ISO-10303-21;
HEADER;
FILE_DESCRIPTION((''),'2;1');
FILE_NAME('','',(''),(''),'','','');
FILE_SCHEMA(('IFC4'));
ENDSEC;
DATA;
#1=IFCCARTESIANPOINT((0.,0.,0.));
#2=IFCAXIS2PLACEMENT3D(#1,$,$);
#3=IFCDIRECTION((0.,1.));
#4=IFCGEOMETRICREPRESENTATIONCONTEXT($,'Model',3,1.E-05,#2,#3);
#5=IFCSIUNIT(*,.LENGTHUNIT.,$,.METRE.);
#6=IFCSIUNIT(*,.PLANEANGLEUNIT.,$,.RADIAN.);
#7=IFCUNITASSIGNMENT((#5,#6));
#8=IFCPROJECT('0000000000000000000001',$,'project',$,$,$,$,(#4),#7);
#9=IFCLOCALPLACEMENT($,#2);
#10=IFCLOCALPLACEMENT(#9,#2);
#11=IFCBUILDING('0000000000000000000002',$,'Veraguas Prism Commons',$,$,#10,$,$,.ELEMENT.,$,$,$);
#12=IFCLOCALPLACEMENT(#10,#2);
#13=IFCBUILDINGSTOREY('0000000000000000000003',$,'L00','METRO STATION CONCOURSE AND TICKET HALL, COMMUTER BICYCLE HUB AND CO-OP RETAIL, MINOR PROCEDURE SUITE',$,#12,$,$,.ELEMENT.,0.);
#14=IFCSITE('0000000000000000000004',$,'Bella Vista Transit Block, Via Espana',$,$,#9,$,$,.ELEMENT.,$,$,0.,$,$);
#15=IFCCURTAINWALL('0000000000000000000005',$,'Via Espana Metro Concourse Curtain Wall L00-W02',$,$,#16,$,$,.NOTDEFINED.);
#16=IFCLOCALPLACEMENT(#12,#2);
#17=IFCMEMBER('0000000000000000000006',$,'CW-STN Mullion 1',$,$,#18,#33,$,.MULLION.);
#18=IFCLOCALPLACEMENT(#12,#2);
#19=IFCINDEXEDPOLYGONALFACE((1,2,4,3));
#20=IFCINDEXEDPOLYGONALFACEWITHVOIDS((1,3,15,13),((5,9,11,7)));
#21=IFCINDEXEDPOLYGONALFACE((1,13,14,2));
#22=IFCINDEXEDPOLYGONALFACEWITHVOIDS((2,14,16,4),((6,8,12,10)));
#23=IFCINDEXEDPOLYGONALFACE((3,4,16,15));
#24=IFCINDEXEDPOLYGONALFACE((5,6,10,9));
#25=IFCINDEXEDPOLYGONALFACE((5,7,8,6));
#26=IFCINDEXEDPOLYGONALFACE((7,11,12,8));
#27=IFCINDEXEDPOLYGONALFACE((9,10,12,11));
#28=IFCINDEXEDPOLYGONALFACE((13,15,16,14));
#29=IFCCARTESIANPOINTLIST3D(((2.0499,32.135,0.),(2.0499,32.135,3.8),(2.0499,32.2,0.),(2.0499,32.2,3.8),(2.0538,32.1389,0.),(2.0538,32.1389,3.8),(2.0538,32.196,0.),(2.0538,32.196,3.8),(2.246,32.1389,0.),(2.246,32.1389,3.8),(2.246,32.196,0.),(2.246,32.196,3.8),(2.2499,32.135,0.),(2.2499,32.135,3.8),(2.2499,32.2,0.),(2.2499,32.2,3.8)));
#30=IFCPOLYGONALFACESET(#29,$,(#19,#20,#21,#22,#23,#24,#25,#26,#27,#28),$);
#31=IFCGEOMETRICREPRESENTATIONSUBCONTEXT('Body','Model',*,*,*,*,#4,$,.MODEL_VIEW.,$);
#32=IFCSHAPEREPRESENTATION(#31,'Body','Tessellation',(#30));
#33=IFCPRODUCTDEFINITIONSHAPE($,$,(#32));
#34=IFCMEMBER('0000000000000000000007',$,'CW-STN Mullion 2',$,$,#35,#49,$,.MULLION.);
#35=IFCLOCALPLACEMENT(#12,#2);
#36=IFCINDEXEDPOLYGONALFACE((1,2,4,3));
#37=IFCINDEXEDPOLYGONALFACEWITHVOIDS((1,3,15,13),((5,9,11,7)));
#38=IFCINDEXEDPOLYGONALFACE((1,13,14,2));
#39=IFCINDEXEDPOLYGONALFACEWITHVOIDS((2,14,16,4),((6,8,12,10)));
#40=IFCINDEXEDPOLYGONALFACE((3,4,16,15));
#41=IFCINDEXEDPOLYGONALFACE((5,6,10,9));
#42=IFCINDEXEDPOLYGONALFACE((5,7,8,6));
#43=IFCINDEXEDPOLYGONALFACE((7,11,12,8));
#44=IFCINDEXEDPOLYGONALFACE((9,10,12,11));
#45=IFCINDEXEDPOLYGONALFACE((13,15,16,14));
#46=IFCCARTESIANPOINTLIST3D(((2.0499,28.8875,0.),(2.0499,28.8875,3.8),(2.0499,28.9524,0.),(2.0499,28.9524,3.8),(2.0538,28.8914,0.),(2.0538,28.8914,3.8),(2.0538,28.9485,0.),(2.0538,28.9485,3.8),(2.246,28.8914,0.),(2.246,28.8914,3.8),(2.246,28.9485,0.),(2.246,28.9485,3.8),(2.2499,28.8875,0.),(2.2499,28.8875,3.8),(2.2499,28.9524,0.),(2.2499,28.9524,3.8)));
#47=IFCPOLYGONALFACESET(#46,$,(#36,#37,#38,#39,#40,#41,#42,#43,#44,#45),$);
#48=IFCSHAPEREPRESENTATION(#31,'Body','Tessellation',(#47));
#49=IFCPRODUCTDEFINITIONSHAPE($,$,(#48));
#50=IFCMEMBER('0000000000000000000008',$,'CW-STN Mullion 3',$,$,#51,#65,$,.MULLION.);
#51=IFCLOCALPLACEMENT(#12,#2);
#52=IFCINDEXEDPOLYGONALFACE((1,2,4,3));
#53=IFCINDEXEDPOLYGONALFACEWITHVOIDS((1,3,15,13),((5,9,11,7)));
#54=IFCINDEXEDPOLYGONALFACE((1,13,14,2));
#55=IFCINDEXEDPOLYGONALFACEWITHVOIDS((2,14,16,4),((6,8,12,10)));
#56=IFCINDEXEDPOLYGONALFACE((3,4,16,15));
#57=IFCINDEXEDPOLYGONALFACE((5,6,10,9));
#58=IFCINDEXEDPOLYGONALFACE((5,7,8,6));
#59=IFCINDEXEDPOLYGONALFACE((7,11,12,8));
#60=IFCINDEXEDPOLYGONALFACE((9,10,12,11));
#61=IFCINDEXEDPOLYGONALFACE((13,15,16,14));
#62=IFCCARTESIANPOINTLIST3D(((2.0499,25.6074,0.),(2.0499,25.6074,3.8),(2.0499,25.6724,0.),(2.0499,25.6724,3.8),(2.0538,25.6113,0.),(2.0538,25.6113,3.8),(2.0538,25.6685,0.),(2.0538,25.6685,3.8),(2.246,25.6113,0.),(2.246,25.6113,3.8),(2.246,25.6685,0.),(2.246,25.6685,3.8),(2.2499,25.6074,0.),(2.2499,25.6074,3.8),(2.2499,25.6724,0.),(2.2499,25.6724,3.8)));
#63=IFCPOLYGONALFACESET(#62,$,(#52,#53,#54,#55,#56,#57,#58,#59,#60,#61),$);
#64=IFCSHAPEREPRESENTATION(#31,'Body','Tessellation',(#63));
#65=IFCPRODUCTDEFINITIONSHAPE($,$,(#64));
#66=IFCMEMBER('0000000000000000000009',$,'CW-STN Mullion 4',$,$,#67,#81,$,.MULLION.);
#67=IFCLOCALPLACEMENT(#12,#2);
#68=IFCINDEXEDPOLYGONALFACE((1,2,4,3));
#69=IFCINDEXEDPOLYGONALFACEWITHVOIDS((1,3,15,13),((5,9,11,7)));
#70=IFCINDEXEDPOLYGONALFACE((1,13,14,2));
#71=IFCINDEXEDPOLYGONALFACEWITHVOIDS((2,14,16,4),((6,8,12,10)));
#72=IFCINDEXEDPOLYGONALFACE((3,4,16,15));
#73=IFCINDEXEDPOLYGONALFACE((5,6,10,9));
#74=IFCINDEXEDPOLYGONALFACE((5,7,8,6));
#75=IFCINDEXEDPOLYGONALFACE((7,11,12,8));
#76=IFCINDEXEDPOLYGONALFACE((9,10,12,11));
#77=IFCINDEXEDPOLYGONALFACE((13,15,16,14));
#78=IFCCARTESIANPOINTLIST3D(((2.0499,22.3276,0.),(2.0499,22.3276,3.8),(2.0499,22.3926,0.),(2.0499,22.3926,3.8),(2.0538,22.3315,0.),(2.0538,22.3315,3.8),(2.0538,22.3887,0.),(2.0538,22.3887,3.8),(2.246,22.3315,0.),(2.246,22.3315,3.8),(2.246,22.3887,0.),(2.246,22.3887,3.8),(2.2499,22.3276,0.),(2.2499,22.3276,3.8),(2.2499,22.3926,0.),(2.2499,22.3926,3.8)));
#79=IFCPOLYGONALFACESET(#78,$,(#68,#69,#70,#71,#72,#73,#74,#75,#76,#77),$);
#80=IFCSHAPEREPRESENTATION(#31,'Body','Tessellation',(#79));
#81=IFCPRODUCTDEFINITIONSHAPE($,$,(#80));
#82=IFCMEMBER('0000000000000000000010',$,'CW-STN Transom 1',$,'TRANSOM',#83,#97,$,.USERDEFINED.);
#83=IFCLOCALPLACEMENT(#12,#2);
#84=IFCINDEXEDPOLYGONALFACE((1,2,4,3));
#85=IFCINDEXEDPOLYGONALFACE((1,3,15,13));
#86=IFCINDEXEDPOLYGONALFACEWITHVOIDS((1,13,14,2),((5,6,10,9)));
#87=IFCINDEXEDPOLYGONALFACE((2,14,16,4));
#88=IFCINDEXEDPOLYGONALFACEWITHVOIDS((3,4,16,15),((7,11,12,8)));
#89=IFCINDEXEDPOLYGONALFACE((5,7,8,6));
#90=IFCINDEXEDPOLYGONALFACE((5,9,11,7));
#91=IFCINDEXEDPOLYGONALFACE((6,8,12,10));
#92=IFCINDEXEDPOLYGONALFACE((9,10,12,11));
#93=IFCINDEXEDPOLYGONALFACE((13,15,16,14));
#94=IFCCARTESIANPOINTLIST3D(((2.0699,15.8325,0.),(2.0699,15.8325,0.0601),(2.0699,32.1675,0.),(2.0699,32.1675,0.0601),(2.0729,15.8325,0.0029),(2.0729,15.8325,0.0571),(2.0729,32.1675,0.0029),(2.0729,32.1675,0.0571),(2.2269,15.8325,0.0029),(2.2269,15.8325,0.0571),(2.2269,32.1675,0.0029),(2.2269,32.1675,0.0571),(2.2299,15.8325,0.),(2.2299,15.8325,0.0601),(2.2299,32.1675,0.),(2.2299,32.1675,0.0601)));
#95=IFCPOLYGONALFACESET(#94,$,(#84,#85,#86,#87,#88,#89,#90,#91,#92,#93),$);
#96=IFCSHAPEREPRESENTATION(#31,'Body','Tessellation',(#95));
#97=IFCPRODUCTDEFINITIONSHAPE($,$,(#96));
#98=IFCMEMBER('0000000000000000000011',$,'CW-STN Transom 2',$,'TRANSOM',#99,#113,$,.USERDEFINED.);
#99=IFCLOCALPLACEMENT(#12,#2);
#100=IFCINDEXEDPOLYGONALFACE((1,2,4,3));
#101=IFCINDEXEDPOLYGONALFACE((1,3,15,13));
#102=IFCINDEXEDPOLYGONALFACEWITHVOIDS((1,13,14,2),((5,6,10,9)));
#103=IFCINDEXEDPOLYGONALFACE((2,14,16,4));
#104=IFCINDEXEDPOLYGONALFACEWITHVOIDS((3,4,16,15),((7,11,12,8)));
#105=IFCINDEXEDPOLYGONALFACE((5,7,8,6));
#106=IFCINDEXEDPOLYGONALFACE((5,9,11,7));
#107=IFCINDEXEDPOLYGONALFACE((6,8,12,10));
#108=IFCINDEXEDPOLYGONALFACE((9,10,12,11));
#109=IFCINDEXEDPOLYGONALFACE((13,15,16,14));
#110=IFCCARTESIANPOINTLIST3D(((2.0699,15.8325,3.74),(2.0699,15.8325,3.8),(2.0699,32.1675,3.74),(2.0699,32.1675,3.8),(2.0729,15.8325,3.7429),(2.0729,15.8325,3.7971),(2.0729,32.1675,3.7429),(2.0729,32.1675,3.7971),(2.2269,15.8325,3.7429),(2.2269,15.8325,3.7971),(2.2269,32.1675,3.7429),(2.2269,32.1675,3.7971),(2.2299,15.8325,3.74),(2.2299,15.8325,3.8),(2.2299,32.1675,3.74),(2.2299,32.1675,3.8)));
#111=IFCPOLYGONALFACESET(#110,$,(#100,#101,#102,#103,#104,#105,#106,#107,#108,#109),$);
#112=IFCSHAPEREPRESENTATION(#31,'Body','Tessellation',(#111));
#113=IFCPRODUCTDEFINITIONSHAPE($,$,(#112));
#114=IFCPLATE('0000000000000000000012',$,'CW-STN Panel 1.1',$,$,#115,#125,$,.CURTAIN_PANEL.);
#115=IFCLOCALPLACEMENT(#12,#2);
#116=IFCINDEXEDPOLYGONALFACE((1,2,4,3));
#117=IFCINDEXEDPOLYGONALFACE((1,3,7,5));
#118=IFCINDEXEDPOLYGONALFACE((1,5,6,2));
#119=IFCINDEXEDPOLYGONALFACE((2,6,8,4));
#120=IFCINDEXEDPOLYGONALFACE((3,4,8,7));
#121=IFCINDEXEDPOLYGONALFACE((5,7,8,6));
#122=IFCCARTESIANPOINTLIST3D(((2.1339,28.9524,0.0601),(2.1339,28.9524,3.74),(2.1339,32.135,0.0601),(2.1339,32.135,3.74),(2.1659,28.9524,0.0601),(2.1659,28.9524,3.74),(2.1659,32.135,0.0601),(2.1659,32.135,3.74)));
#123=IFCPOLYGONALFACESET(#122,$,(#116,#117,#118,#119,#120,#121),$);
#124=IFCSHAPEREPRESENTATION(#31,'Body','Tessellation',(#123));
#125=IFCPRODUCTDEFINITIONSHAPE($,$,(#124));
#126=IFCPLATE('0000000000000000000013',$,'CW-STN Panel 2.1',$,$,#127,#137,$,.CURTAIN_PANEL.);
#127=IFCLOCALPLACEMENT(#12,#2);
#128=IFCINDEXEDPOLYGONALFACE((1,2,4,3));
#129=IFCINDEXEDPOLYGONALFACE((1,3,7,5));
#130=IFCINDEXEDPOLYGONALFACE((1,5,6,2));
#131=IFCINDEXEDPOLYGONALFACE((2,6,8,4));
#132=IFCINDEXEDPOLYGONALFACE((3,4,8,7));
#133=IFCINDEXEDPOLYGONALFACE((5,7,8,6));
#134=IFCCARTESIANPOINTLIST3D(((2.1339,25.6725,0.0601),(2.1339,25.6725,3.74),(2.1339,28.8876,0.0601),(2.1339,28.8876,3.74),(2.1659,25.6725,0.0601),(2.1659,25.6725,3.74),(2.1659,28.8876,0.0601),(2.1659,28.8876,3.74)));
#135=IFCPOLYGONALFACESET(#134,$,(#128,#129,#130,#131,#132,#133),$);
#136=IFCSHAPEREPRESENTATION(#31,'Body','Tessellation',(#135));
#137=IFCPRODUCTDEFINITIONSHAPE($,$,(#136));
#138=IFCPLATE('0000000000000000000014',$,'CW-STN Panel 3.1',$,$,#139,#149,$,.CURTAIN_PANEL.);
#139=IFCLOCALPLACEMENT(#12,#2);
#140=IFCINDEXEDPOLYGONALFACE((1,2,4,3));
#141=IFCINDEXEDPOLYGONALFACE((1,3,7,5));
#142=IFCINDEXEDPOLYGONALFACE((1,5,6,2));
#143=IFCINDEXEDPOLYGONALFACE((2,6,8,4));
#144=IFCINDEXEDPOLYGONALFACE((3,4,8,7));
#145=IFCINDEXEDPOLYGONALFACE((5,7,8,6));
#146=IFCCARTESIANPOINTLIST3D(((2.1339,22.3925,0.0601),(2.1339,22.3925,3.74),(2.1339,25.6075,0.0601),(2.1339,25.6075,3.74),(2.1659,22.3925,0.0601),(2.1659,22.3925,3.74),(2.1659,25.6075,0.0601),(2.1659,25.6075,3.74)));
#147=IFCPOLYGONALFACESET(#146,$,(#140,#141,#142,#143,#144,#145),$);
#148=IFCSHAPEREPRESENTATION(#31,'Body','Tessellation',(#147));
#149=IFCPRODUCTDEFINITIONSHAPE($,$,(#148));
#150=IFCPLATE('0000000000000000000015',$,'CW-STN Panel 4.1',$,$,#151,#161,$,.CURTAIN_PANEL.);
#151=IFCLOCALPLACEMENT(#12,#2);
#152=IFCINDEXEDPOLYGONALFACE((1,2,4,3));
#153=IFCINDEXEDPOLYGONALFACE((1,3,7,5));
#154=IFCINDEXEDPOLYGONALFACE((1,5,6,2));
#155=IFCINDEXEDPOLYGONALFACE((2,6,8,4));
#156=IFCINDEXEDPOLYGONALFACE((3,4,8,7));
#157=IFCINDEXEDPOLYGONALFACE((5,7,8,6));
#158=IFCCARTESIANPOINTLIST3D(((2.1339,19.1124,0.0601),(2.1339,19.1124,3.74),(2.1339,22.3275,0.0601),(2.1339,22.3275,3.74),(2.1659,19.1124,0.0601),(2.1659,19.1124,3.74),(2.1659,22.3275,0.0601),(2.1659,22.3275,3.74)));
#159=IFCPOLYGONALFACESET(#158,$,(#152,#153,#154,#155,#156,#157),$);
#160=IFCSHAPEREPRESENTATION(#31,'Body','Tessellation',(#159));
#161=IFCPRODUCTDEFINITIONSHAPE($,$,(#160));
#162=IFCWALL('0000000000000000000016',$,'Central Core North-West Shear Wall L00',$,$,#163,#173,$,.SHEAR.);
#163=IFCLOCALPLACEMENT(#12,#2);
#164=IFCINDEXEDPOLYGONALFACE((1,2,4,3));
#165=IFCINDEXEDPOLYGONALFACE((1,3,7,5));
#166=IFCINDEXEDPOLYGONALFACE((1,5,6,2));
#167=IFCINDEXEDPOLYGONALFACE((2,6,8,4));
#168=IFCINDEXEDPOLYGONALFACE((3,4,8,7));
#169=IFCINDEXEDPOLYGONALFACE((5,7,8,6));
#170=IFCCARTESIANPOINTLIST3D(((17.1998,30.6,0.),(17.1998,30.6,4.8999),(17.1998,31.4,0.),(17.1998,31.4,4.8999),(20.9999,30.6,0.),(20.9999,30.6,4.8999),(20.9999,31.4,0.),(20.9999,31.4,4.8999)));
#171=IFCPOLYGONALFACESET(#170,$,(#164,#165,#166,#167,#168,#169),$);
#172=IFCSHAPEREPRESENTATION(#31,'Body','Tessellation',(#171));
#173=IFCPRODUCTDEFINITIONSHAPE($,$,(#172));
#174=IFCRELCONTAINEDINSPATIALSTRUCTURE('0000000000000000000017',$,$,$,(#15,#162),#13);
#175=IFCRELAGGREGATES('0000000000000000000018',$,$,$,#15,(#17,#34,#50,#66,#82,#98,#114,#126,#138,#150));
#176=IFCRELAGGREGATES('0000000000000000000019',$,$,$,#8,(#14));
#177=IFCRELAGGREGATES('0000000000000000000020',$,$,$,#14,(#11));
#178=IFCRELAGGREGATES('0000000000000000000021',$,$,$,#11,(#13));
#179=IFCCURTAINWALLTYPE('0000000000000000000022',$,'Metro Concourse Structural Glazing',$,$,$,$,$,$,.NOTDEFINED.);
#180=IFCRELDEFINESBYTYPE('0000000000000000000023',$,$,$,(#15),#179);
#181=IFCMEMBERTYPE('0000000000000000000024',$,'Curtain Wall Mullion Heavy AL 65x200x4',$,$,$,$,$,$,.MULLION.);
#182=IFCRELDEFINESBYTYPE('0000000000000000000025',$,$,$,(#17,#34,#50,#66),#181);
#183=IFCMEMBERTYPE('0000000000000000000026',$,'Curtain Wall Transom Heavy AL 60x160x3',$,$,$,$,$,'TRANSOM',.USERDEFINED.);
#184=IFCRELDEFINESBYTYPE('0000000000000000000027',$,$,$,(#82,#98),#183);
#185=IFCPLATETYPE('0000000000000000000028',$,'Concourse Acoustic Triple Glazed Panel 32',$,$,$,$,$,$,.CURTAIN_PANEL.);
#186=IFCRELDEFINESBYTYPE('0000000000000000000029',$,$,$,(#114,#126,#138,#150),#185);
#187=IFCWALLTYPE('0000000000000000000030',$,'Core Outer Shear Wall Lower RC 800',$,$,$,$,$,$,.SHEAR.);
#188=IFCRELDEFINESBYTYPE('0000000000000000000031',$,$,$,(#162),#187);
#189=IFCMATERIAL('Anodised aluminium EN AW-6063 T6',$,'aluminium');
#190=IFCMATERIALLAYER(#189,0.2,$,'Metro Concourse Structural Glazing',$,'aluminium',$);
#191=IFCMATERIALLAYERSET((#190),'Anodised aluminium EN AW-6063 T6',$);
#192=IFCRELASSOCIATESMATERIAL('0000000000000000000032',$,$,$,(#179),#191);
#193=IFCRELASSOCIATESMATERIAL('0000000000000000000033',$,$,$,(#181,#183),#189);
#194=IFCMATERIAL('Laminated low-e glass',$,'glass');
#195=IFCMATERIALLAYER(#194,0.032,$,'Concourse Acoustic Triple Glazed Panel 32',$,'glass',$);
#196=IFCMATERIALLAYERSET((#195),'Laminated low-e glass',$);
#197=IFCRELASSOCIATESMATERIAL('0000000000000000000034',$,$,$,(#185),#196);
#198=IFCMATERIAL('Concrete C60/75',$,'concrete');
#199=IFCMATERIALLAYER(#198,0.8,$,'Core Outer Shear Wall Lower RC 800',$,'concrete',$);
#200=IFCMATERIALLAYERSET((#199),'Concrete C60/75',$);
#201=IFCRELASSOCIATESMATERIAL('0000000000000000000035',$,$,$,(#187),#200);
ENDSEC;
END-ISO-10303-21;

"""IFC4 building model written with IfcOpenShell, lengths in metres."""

from ifc_helpers import new_model, si_unit, direction, frame, frame_2d, origin, origin_2d, place, context, subcontext, project, spatial, rectangle, hollow_rectangle, extrude, source, transform, mapped, material, layer, layer_set, material_profile, profile_set, type_object, element, aggregate, save


model = new_model("IFC4")

# Units and contexts
model_context = context("Model", 3, precision=1e-05, world=origin(), true_north=direction((0.0, 1.0)))
body_context = subcontext(model_context, "Body", "Model", "MODEL_VIEW")
ifc_project = project(units=[si_unit("LENGTHUNIT", "METRE"), si_unit("PLANEANGLEUNIT", "RADIAN")], contexts=[model_context])

# Site, building, storey
site_placement = place(None, origin())
site = spatial("IfcSite", under=ifc_project, at=site_placement, Name="Bella Vista Transit Block, Via Espana", CompositionType="ELEMENT", RefElevation=0.0)
building_placement = place(site_placement, origin())
building = spatial("IfcBuilding", under=site, at=building_placement, Name="Veraguas Prism Commons", CompositionType="ELEMENT")
storey_placement = place(building_placement, origin())
storey = spatial("IfcBuildingStorey", under=building, at=storey_placement, Name="L00", Description="METRO STATION CONCOURSE AND TICKET HALL, COMMUTER BICYCLE HUB AND CO-OP RETAIL, MINOR PROCEDURE SUITE", CompositionType="ELEMENT", Elevation=0.0)

# Shared definitions
ifc_material_1 = material(Name="Concrete C60/75", Category="concrete")

# Curtain wall, members, plates
ifc_material_2 = material(Name="Anodised aluminium EN AW-6063 T6", Category="aluminium")
ifc_layer_1 = layer(ifc_material_2, 0.2, Name="Metro Concourse Structural Glazing", Category="aluminium")
ifc_layer_set_1 = layer_set([ifc_layer_1], Name="Anodised aluminium EN AW-6063 T6")
curtain_wall_type = type_object("IfcCurtainWallType", Name="Metro Concourse Structural Glazing", PredefinedType="NOTDEFINED", material=ifc_layer_set_1)
curtain_wall_placement = place(storey_placement, origin())
curtain_wall = element("IfcCurtainWall", 1, at=curtain_wall_placement, inside=storey, type_object=curtain_wall_type, Name="Via Espana Metro Concourse Curtain Wall L00-W02", PredefinedType="NOTDEFINED")
ifc_material_profile_1 = material_profile(ifc_material_2, hollow_rectangle(XDim=0.0649, YDim=0.2, WallThickness=0.0039, at=origin_2d()), Name="AL65X200X4")
ifc_profile_set_1 = profile_set([ifc_material_profile_1], Name="Anodised aluminium EN AW-6063 T6")
member_type_1 = type_object("IfcMemberType", Name="Curtain Wall Mullion Heavy AL 65x200x4", PredefinedType="MULLION", material=ifc_profile_set_1)
shared_shape_1 = source(origin(), body_context, "Body", "SweptSolid", [
    extrude(hollow_rectangle(XDim=0.0649, YDim=0.2, WallThickness=0.0039, at=origin_2d()), origin(), (0.0, 0.0, 1.0), 3.8),
])
member_1_placement = place(storey_placement, frame((2.1499, 32.1675, 0.0), z_axis=(0.0, 0.0, 1.0), x_axis=(0.0, -1.0, 0.0)))
member_1 = element("IfcMember", 2, at=member_1_placement, type_object=member_type_1, Name="CW-STN Mullion 1", PredefinedType="MULLION", context=body_context, shape_type="MappedRepresentation", body=[
    mapped(shared_shape_1, transform((0.0, 0.0, 0.0), scale=1.0)),
])
member_2_placement = place(storey_placement, frame((2.1499, 28.9199, 0.0), z_axis=(0.0, 0.0, 1.0), x_axis=(0.0, -1.0, 0.0)))
member_2 = element("IfcMember", 3, at=member_2_placement, type_object=member_type_1, Name="CW-STN Mullion 2", PredefinedType="MULLION", context=body_context, shape_type="MappedRepresentation", body=[
    mapped(shared_shape_1, transform((0.0, 0.0, 0.0), scale=1.0)),
])
member_3_placement = place(storey_placement, frame((2.1499, 25.6399, 0.0), z_axis=(0.0, 0.0, 1.0), x_axis=(0.0, -1.0, 0.0)))
member_3 = element("IfcMember", 4, at=member_3_placement, type_object=member_type_1, Name="CW-STN Mullion 3", PredefinedType="MULLION", context=body_context, shape_type="MappedRepresentation", body=[
    mapped(shared_shape_1, transform((0.0, 0.0, 0.0), scale=1.0)),
])
member_4_placement = place(storey_placement, frame((2.1499, 22.3601, 0.0), z_axis=(0.0, 0.0, 1.0), x_axis=(0.0, -1.0, 0.0)))
member_4 = element("IfcMember", 5, at=member_4_placement, type_object=member_type_1, Name="CW-STN Mullion 4", PredefinedType="MULLION", context=body_context, shape_type="MappedRepresentation", body=[
    mapped(shared_shape_1, transform((0.0, 0.0, 0.0), scale=1.0)),
])
ifc_material_profile_2 = material_profile(ifc_material_2, hollow_rectangle(XDim=0.0601, YDim=0.1599, WallThickness=0.0029, at=origin_2d()), Name="AL60X160X3")
ifc_profile_set_2 = profile_set([ifc_material_profile_2], Name="Anodised aluminium EN AW-6063 T6")
member_type_2 = type_object("IfcMemberType", Name="Curtain Wall Transom Heavy AL 60x160x3", ElementType="TRANSOM", PredefinedType="USERDEFINED", material=ifc_profile_set_2)
shared_shape_2 = source(origin(), body_context, "Body", "SweptSolid", [
    extrude(hollow_rectangle(XDim=0.0601, YDim=0.1599, WallThickness=0.0029, at=origin_2d()), origin(), (0.0, 0.0, 1.0), 16.335),
])
member_5_placement = place(storey_placement, frame((2.1499, 32.1675, 0.03), z_axis=(0.0, -1.0, 0.0), x_axis=(0.0, 0.0, 1.0)))
member_5 = element("IfcMember", 6, at=member_5_placement, type_object=member_type_2, Name="CW-STN Transom 1", ObjectType="TRANSOM", PredefinedType="USERDEFINED", context=body_context, shape_type="MappedRepresentation", body=[
    mapped(shared_shape_2, transform((0.0, 0.0, 0.0), scale=1.0)),
])
member_6_placement = place(storey_placement, frame((2.1499, 32.1675, 3.77), z_axis=(0.0, -1.0, 0.0), x_axis=(0.0, 0.0, 1.0)))
member_6 = element("IfcMember", 7, at=member_6_placement, type_object=member_type_2, Name="CW-STN Transom 2", ObjectType="TRANSOM", PredefinedType="USERDEFINED", context=body_context, shape_type="MappedRepresentation", body=[
    mapped(shared_shape_2, transform((0.0, 0.0, 0.0), scale=1.0)),
])
ifc_material_3 = material(Name="Laminated low-e glass", Category="glass")
ifc_layer_2 = layer(ifc_material_3, 0.032, Name="Concourse Acoustic Triple Glazed Panel 32", Category="glass")
ifc_layer_set_2 = layer_set([ifc_layer_2], Name="Laminated low-e glass")
plate_type = type_object("IfcPlateType", Name="Concourse Acoustic Triple Glazed Panel 32", PredefinedType="CURTAIN_PANEL", material=ifc_layer_set_2)
shared_shape_3 = source(origin(), body_context, "Body", "SweptSolid", [
    extrude(rectangle(XDim=3.1826, YDim=0.032, at=origin_2d()), origin(), (0.0, 0.0, 1.0), 3.6799),
])
plate_1_placement = place(storey_placement, frame((2.1499, 30.5437, 0.0601), z_axis=(0.0, 0.0, 1.0), x_axis=(0.0, -1.0, 0.0)))
plate_1 = element("IfcPlate", 8, at=plate_1_placement, type_object=plate_type, Name="CW-STN Panel 1.1", PredefinedType="CURTAIN_PANEL", context=body_context, shape_type="MappedRepresentation", body=[
    mapped(shared_shape_3, transform((0.0, 0.0, 0.0), scale=1.0)),
])
shared_shape_4 = source(origin(), body_context, "Body", "SweptSolid", [
    extrude(rectangle(XDim=3.2151, YDim=0.032, at=origin_2d()), origin(), (0.0, 0.0, 1.0), 3.6799),
])
plate_2_placement = place(storey_placement, frame((2.1499, 27.28, 0.0601), z_axis=(0.0, 0.0, 1.0), x_axis=(0.0, -1.0, 0.0)))
plate_2 = element("IfcPlate", 9, at=plate_2_placement, type_object=plate_type, Name="CW-STN Panel 2.1", PredefinedType="CURTAIN_PANEL", context=body_context, shape_type="MappedRepresentation", body=[
    mapped(shared_shape_4, transform((0.0, 0.0, 0.0), scale=1.0)),
])
plate_3_placement = place(storey_placement, frame((2.1499, 24.0, 0.0601), z_axis=(0.0, 0.0, 1.0), x_axis=(0.0, -1.0, 0.0)))
plate_3 = element("IfcPlate", 10, at=plate_3_placement, type_object=plate_type, Name="CW-STN Panel 3.1", PredefinedType="CURTAIN_PANEL", context=body_context, shape_type="MappedRepresentation", body=[
    mapped(shared_shape_4, transform((0.0, 0.0, 0.0), scale=1.0)),
])
plate_4_placement = place(storey_placement, frame((2.1499, 20.72, 0.0601), z_axis=(0.0, 0.0, 1.0), x_axis=(0.0, -1.0, 0.0)))
plate_4 = element("IfcPlate", 11, at=plate_4_placement, type_object=plate_type, Name="CW-STN Panel 4.1", PredefinedType="CURTAIN_PANEL", context=body_context, shape_type="MappedRepresentation", body=[
    mapped(shared_shape_4, transform((0.0, 0.0, 0.0), scale=1.0)),
])
aggregate(curtain_wall, [member_1, member_2, member_3, member_4, member_5, member_6, plate_1, plate_2, plate_3, plate_4])

# Wall
ifc_layer_3 = layer(ifc_material_1, 0.8, Name="Core Outer Shear Wall Lower RC 800", Category="concrete")
ifc_layer_set_3 = layer_set([ifc_layer_3], Name="Concrete C60/75")
wall_type_1 = type_object("IfcWallType", Name="Core Outer Shear Wall Lower RC 800", PredefinedType="SHEAR", material=ifc_layer_set_3)
wall_1_placement = place(storey_placement, frame((17.2, 31.0, 0.0), z_axis=(0.0, 0.0, 1.0), x_axis=(1.0, 0.0, 0.0)))
element("IfcWall", 12, at=wall_1_placement, inside=storey, type_object=wall_type_1, Name="Central Core North-West Shear Wall L00", PredefinedType="SHEAR", context=body_context, shape_type="SweptSolid", body=[
    extrude(rectangle(XDim=3.8, YDim=0.8, at=frame_2d((1.8999, 0.0))), origin(), (0.0, 0.0, 1.0), 4.8999),
])

save(model, "model.ifc")
